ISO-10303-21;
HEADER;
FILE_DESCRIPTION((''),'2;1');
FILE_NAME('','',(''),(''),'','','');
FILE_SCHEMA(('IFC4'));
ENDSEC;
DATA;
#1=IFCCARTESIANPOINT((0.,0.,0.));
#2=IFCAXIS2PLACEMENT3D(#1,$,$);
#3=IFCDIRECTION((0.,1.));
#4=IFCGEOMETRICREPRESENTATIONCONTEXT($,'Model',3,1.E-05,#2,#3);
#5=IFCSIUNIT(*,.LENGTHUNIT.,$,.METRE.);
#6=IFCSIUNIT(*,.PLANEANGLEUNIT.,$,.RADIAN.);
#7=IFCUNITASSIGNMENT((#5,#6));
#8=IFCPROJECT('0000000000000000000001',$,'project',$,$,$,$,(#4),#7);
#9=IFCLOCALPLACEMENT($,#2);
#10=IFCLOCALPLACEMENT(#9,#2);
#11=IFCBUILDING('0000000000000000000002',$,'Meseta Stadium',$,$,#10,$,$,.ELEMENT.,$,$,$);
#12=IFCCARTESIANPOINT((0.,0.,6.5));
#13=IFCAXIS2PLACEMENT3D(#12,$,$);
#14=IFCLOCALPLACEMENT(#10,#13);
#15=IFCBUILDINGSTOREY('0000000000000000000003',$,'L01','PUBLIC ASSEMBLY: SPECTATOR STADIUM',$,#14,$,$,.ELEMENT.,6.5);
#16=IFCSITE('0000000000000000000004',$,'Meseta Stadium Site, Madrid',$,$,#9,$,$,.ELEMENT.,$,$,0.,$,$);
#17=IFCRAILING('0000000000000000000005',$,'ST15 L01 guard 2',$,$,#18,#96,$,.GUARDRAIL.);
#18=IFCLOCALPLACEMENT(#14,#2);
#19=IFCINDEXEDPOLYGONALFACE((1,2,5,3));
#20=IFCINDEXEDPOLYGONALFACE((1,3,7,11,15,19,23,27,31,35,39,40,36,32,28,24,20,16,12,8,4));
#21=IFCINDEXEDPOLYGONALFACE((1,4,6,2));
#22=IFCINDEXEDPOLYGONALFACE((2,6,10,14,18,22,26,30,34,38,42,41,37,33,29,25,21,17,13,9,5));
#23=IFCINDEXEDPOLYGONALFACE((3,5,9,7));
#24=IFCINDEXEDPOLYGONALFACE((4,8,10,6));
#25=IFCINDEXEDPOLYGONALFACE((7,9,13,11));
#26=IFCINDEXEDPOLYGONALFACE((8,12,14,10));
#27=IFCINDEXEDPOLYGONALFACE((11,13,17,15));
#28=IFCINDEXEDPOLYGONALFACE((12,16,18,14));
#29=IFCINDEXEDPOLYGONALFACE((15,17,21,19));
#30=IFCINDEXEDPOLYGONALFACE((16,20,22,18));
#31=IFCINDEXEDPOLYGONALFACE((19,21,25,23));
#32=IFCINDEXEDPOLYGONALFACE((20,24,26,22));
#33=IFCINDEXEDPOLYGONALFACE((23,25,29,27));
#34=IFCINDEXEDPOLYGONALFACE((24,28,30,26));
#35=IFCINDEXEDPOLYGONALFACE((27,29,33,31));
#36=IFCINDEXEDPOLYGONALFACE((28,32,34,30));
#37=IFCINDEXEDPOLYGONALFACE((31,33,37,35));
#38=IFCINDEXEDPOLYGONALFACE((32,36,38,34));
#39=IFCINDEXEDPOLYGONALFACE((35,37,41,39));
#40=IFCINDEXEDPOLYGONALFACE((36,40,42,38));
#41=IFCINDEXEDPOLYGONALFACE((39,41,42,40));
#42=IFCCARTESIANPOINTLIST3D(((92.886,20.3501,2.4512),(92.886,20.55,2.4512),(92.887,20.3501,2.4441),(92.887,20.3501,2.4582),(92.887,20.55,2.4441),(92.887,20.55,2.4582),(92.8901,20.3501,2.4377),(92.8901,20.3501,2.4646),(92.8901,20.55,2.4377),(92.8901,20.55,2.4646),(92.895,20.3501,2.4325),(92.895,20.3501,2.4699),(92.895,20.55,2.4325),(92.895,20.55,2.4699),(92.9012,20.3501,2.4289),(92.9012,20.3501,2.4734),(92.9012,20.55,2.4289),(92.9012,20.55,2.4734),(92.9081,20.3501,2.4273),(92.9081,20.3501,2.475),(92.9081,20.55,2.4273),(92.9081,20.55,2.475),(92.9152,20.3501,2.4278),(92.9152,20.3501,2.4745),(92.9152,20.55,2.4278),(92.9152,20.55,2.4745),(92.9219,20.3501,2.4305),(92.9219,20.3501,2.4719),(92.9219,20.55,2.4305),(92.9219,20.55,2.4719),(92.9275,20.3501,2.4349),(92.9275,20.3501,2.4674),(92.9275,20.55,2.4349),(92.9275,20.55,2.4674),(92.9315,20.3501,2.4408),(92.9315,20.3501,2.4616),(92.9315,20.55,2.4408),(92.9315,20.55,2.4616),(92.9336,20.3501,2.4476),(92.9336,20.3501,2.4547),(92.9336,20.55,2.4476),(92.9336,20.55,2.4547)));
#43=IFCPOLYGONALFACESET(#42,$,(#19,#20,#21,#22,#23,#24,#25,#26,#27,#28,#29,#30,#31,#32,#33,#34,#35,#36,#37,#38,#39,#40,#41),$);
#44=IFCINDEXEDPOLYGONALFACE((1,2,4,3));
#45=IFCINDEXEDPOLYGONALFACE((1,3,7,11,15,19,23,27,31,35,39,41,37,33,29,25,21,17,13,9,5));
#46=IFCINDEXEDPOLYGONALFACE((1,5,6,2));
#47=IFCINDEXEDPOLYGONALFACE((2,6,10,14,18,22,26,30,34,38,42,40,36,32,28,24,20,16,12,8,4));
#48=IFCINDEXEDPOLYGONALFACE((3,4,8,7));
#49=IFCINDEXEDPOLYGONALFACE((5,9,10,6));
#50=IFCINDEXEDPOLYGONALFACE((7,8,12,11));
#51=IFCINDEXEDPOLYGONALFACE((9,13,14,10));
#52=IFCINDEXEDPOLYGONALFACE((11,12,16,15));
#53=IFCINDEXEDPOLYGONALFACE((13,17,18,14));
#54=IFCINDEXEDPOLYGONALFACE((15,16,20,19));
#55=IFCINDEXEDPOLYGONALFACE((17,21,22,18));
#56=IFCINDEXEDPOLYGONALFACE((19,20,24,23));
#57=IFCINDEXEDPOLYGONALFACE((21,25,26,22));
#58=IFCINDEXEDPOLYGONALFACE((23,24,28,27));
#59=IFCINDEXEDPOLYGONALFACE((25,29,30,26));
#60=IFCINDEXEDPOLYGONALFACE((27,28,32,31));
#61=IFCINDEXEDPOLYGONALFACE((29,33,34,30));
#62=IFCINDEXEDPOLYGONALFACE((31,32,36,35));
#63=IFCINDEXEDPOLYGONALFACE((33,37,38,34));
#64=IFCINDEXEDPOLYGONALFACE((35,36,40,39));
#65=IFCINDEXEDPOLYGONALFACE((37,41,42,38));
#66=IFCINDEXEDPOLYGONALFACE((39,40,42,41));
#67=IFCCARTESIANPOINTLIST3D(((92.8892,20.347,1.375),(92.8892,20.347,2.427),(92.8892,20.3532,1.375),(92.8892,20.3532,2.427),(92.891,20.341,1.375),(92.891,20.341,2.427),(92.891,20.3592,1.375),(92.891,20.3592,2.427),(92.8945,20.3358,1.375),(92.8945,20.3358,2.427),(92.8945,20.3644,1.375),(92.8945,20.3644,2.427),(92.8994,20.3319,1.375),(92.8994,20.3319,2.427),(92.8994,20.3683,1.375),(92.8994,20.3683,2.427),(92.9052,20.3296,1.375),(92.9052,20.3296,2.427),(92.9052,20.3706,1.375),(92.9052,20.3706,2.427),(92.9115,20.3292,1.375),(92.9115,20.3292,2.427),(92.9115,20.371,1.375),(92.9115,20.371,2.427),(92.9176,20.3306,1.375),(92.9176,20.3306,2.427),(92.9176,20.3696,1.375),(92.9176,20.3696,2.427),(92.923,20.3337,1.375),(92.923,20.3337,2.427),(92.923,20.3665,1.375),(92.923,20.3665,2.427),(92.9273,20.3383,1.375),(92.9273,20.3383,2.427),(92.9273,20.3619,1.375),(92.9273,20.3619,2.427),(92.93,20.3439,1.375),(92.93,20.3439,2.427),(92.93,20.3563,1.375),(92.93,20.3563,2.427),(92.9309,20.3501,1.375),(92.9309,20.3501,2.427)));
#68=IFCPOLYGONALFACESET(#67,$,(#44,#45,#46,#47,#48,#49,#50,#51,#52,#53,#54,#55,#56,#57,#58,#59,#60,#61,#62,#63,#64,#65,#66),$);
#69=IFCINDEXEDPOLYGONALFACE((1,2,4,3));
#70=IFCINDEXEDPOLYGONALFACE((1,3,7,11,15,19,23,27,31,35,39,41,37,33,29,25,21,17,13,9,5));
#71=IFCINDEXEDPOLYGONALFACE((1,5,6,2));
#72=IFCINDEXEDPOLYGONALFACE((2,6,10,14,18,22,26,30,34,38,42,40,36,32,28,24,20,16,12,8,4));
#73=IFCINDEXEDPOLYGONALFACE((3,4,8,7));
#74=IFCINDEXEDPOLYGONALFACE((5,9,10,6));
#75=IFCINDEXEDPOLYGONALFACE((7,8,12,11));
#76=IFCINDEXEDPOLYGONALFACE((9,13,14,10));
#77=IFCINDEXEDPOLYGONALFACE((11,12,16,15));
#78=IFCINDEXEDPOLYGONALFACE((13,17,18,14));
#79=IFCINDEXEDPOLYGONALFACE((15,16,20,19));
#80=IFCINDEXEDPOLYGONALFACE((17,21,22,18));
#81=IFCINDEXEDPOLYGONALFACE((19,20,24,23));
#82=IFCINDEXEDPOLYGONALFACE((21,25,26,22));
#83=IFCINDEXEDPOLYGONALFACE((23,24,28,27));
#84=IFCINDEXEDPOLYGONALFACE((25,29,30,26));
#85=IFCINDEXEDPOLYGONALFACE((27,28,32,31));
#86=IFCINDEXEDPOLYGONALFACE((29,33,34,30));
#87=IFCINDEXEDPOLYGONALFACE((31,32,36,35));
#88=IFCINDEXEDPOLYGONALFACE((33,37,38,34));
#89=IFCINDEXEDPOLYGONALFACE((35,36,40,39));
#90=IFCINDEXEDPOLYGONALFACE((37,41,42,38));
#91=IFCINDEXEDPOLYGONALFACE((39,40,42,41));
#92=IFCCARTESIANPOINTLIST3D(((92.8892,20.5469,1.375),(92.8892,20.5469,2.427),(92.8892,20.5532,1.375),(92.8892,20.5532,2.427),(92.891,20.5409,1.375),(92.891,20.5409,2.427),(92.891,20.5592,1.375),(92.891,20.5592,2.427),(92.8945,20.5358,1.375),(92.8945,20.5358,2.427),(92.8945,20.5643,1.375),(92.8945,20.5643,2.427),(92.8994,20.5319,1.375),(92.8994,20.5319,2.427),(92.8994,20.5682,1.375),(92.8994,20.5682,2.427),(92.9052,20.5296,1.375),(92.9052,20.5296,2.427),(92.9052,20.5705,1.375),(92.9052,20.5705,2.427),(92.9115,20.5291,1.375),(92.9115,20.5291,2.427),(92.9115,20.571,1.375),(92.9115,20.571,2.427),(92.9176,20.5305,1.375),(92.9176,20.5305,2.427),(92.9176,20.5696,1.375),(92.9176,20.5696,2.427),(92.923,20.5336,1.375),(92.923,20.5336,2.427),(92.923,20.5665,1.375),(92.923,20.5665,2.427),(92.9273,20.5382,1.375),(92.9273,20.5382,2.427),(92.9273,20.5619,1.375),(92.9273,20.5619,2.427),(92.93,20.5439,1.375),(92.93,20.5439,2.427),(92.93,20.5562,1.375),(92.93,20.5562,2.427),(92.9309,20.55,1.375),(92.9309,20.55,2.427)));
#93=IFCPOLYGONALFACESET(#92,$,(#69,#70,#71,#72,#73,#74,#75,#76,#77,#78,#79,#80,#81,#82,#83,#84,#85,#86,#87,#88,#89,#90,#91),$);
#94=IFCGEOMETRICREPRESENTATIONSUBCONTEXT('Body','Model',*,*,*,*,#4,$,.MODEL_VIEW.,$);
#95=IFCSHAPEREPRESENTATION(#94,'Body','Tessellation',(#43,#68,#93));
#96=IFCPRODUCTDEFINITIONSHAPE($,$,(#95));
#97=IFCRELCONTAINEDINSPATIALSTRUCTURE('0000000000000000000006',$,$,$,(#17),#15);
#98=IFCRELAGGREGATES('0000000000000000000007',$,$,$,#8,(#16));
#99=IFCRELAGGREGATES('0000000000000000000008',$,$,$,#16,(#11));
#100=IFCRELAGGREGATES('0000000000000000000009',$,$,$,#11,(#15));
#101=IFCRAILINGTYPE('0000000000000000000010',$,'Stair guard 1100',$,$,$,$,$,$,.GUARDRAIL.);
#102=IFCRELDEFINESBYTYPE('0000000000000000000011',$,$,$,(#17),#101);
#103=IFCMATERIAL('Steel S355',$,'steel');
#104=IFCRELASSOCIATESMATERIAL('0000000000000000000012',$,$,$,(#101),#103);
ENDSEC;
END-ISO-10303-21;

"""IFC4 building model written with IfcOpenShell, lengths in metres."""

from ifc_helpers import new_model, si_unit, direction, frame, origin, origin_2d, place, context, subcontext, project, spatial, circle, extrude, material, type_object, element, save


model = new_model("IFC4")

# Units and contexts
model_context = context("Model", 3, precision=1e-05, world=origin(), true_north=direction((0.0, 1.0)))
body_context = subcontext(model_context, "Body", "Model", "MODEL_VIEW")
ifc_project = project(units=[si_unit("LENGTHUNIT", "METRE"), si_unit("PLANEANGLEUNIT", "RADIAN")], contexts=[model_context])

# Site, building, storey
site_placement = place(None, origin())
site = spatial("IfcSite", under=ifc_project, at=site_placement, Name="Meseta Stadium Site, Madrid", CompositionType="ELEMENT", RefElevation=0.0)
building_placement = place(site_placement, origin())
building = spatial("IfcBuilding", under=site, at=building_placement, Name="Meseta Stadium", CompositionType="ELEMENT")
storey_placement = place(building_placement, frame((0.0, 0.0, 6.5)))
storey = spatial("IfcBuildingStorey", under=building, at=storey_placement, Name="L01", Description="PUBLIC ASSEMBLY: SPECTATOR STADIUM", CompositionType="ELEMENT", Elevation=6.5)

# Railing
ifc_material_1 = material(Name="Steel S355", Category="steel")
railing_type_1 = type_object("IfcRailingType", Name="Stair guard 1100", PredefinedType="GUARDRAIL", material=ifc_material_1)
railing_1_placement = place(storey_placement, frame((92.9099, 20.3501, 1.375)))
element("IfcRailing", 1, at=railing_1_placement, inside=storey, type_object=railing_type_1, Name="ST15 L01 guard 2", PredefinedType="GUARDRAIL", context=body_context, shape_type="SweptSolid", body=[
    extrude(circle(Radius=0.0239, at=origin_2d()), frame((0.0, 0.0, 1.0762), z_axis=(0.0, 1.0, 0.0), x_axis=(-1.0, 0.0, 0.0)), (0.0, 0.0, 1.0), 0.2),
    extrude(circle(Radius=0.021, at=origin_2d()), origin(), (0.0, 0.0, 1.0), 1.052),
    extrude(circle(Radius=0.021, at=origin_2d()), frame((0.0, 0.2, 0.0)), (0.0, 0.0, 1.0), 1.052),
])

save(model, "model.ifc")
